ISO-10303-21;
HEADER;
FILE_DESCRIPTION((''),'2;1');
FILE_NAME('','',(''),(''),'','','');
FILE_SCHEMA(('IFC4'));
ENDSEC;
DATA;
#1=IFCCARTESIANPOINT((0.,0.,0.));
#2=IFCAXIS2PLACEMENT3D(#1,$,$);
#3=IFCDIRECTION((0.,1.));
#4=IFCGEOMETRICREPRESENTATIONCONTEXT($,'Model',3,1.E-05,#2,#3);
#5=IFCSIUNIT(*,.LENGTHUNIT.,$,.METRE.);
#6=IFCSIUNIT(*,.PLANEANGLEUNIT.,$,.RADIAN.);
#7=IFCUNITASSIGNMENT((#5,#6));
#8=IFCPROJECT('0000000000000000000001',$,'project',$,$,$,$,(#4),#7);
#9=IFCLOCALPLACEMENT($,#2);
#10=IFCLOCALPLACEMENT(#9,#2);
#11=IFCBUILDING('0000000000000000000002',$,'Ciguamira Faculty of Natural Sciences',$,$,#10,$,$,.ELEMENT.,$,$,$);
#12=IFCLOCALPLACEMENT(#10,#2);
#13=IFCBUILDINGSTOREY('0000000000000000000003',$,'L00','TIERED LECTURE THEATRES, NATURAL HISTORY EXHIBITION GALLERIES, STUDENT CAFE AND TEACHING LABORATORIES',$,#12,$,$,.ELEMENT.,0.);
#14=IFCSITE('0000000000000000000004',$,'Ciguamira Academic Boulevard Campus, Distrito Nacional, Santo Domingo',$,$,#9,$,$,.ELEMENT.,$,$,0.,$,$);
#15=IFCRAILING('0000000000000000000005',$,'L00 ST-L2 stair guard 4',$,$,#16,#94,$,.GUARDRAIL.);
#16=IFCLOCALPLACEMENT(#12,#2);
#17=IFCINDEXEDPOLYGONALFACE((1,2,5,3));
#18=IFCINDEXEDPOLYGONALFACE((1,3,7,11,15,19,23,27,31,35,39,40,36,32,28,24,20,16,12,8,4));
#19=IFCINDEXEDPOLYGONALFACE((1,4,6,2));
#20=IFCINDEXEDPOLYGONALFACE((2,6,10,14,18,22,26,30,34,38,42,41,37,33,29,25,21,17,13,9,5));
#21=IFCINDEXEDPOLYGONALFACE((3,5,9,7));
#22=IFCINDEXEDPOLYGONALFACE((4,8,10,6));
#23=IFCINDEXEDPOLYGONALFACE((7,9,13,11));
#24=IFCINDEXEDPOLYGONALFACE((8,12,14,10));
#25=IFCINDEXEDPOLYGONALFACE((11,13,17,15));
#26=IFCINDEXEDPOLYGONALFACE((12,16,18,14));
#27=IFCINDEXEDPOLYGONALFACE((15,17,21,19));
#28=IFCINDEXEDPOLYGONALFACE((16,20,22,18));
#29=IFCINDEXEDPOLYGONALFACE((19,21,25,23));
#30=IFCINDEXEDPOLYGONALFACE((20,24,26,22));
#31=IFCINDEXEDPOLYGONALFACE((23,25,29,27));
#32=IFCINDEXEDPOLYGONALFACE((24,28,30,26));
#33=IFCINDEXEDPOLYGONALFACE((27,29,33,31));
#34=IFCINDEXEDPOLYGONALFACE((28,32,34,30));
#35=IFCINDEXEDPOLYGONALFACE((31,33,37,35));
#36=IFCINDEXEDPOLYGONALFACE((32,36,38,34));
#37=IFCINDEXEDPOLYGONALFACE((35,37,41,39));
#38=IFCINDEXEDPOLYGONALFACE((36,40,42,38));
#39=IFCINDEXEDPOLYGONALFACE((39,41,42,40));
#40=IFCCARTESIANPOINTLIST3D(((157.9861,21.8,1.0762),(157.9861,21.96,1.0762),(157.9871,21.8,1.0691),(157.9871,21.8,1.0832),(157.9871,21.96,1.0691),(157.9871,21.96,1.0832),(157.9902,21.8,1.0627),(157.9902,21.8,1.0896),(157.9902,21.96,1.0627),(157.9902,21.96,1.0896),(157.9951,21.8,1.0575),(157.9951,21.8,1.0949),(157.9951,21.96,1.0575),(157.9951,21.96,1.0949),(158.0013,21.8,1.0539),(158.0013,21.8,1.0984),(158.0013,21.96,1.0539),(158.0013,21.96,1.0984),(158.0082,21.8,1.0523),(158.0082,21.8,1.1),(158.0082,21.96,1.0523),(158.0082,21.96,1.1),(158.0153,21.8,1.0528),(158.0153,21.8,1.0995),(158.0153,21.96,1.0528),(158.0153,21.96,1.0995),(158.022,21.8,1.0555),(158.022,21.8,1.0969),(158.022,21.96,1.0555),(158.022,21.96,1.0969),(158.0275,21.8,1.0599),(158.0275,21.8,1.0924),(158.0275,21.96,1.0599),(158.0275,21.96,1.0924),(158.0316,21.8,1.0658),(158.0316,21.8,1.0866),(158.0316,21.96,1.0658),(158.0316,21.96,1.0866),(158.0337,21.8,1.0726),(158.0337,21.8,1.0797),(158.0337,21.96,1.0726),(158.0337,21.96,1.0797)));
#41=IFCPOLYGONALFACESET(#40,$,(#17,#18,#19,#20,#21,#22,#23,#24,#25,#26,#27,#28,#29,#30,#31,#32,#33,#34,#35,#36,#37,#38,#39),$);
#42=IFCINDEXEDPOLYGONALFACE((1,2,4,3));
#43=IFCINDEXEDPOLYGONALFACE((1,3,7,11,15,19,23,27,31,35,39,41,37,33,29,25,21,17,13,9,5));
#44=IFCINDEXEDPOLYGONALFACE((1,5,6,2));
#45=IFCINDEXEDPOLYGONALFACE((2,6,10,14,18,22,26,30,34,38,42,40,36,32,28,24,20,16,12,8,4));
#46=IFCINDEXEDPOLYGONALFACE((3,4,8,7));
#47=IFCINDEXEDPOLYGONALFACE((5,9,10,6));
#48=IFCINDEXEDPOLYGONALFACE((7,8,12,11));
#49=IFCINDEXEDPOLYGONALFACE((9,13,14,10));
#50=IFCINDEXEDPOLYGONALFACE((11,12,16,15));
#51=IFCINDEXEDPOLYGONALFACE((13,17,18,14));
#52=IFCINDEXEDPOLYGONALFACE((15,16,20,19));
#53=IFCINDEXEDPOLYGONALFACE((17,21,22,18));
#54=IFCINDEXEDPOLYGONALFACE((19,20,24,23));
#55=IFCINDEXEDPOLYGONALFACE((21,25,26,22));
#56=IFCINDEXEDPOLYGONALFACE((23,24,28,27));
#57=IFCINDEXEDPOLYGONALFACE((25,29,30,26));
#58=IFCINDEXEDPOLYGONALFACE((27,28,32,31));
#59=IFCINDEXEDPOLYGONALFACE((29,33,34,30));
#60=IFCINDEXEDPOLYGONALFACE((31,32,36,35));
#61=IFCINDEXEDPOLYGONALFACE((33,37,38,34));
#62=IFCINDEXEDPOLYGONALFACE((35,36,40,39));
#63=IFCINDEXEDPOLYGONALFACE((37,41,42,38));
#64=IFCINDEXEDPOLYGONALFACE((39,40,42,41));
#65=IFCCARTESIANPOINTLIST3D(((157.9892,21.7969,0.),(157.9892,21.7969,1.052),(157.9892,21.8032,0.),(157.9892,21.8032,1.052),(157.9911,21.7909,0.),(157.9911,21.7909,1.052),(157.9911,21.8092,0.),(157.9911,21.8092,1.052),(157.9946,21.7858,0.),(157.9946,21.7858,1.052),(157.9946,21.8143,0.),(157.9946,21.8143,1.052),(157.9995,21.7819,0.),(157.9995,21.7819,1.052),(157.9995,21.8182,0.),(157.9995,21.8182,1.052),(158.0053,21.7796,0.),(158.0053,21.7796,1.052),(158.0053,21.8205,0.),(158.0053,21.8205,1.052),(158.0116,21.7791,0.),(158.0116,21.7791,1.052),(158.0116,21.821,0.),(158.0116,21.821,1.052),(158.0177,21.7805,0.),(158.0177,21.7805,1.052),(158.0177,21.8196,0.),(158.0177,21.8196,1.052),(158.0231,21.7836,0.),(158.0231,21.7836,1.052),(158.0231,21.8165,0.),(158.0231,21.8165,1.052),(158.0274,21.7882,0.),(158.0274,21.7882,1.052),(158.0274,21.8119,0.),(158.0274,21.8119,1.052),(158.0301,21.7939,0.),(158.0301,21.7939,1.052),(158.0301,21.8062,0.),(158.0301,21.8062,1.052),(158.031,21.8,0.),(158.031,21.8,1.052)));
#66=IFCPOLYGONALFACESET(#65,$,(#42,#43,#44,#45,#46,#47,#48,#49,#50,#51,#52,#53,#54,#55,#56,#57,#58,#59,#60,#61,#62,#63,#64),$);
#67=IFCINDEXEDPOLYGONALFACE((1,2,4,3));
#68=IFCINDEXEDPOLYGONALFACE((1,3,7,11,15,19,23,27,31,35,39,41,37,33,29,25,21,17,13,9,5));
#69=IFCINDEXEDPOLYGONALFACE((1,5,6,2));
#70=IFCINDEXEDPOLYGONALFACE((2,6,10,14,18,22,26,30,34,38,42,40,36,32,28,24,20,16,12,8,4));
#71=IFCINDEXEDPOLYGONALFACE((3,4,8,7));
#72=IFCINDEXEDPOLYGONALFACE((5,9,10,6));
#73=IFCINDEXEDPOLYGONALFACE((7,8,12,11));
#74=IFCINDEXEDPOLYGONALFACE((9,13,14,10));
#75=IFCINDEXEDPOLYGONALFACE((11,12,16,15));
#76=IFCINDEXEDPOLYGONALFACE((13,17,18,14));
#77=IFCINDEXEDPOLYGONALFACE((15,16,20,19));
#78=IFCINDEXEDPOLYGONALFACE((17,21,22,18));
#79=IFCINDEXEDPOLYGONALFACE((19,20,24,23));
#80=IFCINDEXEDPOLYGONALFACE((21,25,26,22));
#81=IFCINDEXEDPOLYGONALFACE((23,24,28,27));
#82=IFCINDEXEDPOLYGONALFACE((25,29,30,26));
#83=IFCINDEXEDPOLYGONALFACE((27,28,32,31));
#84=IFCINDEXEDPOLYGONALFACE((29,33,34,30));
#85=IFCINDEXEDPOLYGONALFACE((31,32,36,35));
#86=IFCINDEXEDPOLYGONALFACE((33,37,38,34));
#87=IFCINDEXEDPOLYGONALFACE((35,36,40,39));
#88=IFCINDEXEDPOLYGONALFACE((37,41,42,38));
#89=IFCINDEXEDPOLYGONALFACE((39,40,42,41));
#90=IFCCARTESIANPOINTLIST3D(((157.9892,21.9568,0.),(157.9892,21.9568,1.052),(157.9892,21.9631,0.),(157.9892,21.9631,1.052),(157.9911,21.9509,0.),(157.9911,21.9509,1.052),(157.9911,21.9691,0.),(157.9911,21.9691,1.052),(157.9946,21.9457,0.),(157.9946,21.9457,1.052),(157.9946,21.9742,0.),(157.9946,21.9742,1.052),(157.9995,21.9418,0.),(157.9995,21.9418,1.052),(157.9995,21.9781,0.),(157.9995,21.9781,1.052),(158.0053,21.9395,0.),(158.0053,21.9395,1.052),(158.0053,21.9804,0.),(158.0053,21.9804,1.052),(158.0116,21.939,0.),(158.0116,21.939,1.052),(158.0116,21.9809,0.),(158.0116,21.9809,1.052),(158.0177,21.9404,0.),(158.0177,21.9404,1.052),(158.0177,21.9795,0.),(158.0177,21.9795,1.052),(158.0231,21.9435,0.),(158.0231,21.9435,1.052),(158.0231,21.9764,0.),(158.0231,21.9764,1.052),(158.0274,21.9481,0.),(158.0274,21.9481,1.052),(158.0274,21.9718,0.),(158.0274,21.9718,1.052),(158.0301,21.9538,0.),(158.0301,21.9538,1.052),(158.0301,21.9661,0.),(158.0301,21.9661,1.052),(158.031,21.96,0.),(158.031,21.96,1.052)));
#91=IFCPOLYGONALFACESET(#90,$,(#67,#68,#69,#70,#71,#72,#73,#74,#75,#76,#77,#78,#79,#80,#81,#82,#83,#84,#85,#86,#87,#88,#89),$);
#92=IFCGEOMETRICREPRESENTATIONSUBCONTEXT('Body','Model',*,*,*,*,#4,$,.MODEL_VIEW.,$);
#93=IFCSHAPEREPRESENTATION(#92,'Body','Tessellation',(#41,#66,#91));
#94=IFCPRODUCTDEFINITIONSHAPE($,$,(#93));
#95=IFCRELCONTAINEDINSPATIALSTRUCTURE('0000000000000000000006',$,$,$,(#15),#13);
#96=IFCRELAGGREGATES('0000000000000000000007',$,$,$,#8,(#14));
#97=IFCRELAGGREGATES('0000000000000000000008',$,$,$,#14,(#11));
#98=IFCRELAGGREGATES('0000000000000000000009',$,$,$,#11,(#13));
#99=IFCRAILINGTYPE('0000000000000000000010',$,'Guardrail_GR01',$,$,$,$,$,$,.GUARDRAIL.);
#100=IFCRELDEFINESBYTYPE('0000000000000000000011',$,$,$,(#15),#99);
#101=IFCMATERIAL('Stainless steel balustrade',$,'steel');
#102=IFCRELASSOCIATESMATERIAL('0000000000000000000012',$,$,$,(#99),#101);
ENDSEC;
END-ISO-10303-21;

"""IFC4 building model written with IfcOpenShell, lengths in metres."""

from ifc_helpers import new_model, si_unit, direction, frame, origin, origin_2d, place, context, subcontext, project, spatial, circle, extrude, material, type_object, element, save


model = new_model("IFC4")

# Units and contexts
model_context = context("Model", 3, precision=1e-05, world=origin(), true_north=direction((0.0, 1.0)))
body_context = subcontext(model_context, "Body", "Model", "MODEL_VIEW")
ifc_project = project(units=[si_unit("LENGTHUNIT", "METRE"), si_unit("PLANEANGLEUNIT", "RADIAN")], contexts=[model_context])

# Site, building, storey
site_placement = place(None, origin())
site = spatial("IfcSite", under=ifc_project, at=site_placement, Name="Ciguamira Academic Boulevard Campus, Distrito Nacional, Santo Domingo", CompositionType="ELEMENT", RefElevation=0.0)
building_placement = place(site_placement, origin())
building = spatial("IfcBuilding", under=site, at=building_placement, Name="Ciguamira Faculty of Natural Sciences", CompositionType="ELEMENT")
storey_placement = place(building_placement, origin())
storey = spatial("IfcBuildingStorey", under=building, at=storey_placement, Name="L00", Description="TIERED LECTURE THEATRES, NATURAL HISTORY EXHIBITION GALLERIES, STUDENT CAFE AND TEACHING LABORATORIES", CompositionType="ELEMENT", Elevation=0.0)

# Railing
ifc_material_1 = material(Name="Stainless steel balustrade", Category="steel")
railing_type_1 = type_object("IfcRailingType", Name="Guardrail_GR01", PredefinedType="GUARDRAIL", material=ifc_material_1)
railing_1_placement = place(storey_placement, frame((158.01, 21.8, 0.0)))
element("IfcRailing", 1, at=railing_1_placement, inside=storey, type_object=railing_type_1, Name="L00 ST-L2 stair guard 4", PredefinedType="GUARDRAIL", context=body_context, shape_type="SweptSolid", body=[
    extrude(circle(Radius=0.0239, at=origin_2d()), frame((0.0, 0.0, 1.0762), z_axis=(0.0, 1.0, 0.0), x_axis=(-1.0, 0.0, 0.0)), (0.0, 0.0, 1.0), 0.1599),
    extrude(circle(Radius=0.021, at=origin_2d()), origin(), (0.0, 0.0, 1.0), 1.052),
    extrude(circle(Radius=0.021, at=origin_2d()), frame((0.0, 0.1599, 0.0)), (0.0, 0.0, 1.0), 1.052),
])

save(model, "model.ifc")
